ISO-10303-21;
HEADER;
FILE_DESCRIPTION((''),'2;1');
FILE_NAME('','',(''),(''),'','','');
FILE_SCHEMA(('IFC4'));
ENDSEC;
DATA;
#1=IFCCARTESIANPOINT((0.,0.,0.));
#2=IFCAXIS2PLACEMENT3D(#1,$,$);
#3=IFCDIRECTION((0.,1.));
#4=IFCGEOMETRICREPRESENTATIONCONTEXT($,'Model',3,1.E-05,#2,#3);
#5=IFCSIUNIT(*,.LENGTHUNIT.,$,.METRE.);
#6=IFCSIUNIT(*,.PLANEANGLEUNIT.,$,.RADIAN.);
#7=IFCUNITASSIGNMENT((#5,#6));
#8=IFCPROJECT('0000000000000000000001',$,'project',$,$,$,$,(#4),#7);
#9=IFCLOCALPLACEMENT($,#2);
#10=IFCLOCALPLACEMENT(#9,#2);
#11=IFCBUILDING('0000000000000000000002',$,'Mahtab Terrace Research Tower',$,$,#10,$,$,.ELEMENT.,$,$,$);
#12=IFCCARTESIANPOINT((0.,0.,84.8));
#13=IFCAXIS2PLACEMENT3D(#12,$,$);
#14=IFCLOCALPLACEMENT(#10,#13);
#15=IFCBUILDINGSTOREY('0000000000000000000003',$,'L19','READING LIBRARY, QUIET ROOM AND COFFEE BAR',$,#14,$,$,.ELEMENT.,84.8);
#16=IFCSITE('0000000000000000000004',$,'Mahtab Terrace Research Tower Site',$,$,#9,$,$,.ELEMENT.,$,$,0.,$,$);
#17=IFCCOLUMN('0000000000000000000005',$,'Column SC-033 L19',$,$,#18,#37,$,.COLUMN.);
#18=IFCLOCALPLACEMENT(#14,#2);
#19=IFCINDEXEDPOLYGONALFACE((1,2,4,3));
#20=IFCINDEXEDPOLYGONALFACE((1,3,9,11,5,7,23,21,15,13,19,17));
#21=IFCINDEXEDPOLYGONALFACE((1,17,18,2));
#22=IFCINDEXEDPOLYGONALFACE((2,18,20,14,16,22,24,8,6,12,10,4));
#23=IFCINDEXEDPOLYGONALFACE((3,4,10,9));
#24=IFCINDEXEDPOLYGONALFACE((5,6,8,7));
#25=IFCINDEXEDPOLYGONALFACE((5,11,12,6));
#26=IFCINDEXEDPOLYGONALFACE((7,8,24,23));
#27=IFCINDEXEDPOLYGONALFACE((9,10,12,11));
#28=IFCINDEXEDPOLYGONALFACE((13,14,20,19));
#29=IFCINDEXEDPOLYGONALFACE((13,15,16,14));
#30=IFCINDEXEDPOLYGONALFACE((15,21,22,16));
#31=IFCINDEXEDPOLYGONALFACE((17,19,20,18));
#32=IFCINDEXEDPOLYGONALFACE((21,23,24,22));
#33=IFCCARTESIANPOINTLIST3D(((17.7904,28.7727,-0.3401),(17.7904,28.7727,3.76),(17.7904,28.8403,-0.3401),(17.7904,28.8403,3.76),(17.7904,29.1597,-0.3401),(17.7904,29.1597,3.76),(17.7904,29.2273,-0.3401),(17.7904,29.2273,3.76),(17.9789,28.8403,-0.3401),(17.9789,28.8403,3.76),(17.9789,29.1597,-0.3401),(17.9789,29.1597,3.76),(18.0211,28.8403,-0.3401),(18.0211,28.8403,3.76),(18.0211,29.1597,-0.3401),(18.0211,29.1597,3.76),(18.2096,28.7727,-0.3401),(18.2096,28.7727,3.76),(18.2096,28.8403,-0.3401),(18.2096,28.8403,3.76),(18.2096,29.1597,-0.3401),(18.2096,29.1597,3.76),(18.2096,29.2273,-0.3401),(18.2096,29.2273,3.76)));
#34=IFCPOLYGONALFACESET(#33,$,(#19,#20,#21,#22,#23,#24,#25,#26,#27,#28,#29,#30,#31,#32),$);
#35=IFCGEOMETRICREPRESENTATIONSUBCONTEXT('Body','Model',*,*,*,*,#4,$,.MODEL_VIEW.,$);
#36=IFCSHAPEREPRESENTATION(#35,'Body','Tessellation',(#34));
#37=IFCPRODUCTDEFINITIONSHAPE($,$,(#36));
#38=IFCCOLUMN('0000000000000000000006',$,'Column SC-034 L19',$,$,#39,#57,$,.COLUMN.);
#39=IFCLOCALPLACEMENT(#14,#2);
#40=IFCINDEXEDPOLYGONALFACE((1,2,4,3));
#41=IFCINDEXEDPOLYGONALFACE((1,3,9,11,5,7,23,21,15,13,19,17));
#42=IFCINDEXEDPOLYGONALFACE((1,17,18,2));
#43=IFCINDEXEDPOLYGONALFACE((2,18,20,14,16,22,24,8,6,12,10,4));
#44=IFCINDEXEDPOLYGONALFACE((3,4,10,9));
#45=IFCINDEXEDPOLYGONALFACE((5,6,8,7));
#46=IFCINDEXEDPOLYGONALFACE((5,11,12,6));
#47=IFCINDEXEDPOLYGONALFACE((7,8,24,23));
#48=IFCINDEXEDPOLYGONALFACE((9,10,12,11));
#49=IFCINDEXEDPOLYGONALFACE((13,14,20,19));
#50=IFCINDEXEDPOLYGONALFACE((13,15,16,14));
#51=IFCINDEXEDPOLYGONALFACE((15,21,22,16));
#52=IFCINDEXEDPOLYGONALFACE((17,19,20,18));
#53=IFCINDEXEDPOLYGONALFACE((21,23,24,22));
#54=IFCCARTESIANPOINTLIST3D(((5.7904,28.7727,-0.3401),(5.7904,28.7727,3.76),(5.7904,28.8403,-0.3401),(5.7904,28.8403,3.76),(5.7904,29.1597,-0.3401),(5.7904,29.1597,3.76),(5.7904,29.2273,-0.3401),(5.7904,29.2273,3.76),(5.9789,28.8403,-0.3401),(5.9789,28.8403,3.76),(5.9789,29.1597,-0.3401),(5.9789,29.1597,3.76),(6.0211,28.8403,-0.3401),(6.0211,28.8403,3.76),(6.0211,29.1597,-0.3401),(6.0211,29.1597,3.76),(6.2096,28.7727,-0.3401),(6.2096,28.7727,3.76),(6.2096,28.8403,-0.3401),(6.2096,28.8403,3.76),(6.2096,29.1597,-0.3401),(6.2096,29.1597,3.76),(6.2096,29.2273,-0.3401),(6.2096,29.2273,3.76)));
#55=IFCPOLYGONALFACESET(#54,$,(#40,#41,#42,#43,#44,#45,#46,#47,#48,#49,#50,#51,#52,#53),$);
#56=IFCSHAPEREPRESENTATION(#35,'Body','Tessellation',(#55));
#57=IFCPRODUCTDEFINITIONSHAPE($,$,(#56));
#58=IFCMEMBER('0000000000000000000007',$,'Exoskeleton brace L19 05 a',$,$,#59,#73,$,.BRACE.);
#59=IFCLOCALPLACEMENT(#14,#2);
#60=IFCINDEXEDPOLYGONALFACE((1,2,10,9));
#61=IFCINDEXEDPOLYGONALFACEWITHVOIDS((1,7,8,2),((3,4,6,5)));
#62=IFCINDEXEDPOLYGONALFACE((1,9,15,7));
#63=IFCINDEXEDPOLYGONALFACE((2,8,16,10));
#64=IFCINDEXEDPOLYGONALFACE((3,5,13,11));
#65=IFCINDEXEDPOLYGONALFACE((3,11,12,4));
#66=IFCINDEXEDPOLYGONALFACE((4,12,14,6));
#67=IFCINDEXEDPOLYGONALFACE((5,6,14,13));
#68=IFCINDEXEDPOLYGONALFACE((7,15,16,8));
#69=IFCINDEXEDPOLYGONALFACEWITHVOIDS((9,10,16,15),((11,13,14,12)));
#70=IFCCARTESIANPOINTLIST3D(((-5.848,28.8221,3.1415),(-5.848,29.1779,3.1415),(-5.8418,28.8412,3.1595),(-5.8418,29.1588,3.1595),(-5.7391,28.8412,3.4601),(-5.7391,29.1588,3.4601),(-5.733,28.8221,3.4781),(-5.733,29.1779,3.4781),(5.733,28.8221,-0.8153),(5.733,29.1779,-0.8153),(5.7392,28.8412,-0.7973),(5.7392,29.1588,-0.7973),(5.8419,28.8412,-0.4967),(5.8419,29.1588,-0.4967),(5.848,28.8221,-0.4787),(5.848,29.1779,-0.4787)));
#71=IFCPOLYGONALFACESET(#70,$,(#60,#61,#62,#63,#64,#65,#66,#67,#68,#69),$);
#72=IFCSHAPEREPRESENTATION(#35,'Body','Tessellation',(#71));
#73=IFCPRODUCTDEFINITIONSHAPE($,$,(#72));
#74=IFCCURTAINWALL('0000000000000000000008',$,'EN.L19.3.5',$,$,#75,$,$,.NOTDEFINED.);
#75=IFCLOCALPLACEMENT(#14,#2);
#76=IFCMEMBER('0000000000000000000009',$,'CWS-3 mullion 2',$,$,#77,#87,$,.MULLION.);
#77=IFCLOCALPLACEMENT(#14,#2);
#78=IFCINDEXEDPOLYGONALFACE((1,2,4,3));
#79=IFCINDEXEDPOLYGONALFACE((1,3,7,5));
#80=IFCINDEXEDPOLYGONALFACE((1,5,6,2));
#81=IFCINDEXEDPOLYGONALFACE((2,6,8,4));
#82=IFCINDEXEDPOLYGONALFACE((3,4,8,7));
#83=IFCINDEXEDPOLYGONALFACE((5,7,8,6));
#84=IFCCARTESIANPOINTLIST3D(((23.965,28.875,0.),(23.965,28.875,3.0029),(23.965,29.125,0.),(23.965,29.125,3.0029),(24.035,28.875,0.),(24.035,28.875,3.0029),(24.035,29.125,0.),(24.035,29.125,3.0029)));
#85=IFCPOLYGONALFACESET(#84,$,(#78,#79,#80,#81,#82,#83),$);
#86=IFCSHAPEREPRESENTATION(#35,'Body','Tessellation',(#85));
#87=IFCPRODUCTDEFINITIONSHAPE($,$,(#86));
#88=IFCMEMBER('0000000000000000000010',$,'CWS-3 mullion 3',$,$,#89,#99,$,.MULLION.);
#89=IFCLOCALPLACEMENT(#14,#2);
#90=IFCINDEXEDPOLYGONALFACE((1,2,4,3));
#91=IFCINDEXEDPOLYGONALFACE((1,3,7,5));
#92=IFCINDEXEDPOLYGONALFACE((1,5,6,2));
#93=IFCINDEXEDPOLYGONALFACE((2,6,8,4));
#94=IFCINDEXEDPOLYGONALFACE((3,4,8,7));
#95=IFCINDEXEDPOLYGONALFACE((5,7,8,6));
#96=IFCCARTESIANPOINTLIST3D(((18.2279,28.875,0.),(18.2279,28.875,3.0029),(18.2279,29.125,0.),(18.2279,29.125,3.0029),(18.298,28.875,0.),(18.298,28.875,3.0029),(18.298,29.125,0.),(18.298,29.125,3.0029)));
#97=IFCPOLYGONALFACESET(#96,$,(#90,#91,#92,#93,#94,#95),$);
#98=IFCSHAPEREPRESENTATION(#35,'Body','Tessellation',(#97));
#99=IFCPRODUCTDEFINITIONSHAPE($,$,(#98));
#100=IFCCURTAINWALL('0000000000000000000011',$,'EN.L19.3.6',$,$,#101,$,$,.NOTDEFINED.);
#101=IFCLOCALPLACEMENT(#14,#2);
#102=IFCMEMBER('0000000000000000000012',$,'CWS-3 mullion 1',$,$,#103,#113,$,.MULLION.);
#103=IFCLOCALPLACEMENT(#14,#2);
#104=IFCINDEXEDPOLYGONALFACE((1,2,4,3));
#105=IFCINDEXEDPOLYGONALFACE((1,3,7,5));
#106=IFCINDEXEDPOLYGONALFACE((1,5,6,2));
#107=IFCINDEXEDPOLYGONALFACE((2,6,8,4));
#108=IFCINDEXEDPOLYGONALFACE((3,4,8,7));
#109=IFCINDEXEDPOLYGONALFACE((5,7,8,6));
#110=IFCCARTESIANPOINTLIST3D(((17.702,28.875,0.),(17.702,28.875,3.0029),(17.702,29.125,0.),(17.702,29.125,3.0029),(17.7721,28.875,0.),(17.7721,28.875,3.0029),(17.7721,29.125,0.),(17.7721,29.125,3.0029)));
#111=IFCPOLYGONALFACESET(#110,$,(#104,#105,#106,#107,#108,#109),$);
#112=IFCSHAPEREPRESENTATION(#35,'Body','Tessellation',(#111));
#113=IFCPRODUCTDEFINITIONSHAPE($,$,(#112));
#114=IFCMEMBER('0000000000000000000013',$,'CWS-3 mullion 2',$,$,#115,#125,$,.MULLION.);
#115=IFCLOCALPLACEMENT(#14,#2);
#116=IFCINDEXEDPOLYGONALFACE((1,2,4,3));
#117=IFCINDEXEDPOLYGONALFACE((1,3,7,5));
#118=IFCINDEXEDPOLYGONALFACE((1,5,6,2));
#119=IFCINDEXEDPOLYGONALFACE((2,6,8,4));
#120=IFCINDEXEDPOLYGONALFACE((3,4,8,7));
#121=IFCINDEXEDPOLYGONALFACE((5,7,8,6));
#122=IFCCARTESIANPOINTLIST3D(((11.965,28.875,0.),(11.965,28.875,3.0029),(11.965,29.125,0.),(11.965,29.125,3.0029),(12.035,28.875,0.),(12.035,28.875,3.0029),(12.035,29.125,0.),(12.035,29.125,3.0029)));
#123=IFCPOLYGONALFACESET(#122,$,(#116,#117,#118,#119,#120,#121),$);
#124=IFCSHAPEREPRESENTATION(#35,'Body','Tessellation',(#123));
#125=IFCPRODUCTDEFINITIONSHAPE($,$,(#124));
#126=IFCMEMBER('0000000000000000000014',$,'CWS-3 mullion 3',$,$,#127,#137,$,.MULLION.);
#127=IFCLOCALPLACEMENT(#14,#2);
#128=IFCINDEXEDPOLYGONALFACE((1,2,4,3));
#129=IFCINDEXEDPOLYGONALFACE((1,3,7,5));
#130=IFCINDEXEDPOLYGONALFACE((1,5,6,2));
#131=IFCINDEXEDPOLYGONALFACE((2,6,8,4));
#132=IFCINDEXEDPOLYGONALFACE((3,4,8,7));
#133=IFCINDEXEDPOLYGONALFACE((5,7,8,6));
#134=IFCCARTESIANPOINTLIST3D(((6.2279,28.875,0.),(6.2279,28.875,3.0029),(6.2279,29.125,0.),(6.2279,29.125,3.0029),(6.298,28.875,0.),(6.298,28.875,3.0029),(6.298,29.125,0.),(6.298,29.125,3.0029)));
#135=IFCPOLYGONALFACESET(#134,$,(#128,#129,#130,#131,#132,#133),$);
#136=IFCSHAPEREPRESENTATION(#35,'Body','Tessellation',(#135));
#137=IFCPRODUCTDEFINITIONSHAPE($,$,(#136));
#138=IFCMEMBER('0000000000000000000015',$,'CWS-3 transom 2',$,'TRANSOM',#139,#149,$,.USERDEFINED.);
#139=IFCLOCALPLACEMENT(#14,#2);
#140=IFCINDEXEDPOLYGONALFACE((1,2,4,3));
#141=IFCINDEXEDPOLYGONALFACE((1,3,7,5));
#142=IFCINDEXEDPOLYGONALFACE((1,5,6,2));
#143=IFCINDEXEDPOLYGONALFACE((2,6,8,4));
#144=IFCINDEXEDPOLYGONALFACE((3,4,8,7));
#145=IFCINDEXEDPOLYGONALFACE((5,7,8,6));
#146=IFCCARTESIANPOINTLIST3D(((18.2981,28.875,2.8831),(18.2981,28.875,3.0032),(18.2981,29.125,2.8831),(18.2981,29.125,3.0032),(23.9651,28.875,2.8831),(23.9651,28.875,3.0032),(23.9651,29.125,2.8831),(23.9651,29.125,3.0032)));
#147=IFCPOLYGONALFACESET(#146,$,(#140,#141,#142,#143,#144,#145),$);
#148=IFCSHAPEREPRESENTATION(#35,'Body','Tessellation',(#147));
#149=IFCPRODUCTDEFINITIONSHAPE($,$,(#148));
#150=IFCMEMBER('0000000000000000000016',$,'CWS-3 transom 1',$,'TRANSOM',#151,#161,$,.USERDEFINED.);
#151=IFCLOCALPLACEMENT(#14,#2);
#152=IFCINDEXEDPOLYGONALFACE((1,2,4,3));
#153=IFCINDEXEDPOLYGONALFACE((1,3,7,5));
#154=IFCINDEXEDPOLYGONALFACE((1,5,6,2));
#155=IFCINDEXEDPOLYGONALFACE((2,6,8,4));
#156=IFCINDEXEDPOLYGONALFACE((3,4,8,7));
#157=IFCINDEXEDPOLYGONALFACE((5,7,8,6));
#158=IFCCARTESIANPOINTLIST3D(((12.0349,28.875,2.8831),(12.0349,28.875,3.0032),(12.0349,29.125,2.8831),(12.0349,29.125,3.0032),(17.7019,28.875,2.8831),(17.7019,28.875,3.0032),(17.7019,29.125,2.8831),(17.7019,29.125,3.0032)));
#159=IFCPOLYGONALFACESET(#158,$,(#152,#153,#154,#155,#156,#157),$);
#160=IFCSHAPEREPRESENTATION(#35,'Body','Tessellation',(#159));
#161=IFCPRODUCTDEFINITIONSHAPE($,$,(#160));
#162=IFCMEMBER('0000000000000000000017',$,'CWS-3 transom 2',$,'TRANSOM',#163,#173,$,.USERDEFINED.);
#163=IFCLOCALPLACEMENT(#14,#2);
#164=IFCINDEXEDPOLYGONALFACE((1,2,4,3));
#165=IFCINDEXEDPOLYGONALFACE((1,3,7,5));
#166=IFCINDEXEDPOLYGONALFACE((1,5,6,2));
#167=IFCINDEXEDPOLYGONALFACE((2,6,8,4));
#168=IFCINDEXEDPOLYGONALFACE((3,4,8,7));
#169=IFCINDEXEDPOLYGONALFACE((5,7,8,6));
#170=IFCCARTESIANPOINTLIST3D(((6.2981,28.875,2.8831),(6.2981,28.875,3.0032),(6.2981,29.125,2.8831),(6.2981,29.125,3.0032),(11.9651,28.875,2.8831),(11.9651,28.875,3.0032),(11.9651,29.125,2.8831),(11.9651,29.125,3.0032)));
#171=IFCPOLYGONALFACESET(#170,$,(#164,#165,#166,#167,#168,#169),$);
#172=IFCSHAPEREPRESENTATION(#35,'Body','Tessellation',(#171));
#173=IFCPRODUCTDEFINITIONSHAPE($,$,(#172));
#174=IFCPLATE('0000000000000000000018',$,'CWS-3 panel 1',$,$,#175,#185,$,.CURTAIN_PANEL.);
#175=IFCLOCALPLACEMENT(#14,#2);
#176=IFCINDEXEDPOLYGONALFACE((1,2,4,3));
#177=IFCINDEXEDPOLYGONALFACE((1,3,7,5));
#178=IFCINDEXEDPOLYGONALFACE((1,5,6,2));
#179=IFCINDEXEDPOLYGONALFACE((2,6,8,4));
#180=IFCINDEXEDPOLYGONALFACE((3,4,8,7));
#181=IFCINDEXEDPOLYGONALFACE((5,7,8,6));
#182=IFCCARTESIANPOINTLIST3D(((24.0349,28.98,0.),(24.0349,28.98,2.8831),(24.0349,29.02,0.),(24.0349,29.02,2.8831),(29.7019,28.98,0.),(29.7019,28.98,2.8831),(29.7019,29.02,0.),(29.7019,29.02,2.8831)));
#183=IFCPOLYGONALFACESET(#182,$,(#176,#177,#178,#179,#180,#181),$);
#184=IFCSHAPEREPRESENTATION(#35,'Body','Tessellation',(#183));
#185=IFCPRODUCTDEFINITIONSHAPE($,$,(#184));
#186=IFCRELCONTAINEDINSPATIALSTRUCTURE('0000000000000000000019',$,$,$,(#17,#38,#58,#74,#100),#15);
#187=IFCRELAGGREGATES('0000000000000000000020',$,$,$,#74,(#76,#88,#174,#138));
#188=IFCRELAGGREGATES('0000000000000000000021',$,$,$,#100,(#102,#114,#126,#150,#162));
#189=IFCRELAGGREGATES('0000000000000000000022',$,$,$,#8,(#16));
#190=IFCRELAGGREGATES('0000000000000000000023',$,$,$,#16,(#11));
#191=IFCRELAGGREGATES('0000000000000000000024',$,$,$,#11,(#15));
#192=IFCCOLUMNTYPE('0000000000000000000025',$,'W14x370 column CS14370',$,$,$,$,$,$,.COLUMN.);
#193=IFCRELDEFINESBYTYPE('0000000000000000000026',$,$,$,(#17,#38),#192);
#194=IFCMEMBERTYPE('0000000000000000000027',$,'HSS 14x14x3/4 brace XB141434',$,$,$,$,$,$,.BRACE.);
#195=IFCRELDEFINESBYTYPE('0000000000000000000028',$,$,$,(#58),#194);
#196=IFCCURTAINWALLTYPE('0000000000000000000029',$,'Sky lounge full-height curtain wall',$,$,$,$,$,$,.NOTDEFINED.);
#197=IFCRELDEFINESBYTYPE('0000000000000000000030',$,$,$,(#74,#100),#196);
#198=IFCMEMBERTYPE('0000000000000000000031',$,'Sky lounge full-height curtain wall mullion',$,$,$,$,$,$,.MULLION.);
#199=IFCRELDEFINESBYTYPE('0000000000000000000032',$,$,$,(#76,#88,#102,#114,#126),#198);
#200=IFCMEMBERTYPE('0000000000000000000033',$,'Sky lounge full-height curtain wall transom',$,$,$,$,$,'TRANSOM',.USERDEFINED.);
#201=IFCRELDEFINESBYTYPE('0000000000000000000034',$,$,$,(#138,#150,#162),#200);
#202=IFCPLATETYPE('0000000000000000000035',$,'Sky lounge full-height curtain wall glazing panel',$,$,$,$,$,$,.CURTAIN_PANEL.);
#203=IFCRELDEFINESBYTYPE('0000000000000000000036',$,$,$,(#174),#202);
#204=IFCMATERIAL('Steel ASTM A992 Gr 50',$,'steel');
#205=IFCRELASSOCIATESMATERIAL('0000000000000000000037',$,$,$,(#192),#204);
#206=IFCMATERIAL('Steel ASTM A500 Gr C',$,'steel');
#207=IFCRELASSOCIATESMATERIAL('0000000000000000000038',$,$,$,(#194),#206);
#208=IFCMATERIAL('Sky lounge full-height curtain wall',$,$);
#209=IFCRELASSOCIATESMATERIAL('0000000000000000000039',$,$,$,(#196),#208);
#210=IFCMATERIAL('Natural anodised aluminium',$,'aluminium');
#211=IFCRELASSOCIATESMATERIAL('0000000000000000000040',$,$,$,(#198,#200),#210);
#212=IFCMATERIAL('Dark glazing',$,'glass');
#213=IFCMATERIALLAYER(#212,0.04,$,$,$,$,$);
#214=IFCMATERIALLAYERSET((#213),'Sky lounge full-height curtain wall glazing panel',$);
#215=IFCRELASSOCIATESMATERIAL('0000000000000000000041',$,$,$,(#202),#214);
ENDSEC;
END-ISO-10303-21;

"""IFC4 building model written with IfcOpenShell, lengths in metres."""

from ifc_helpers import new_model, si_unit, direction, frame, origin, origin_2d, place, context, subcontext, project, spatial, rectangle, hollow_rectangle, i_section, extrude, material, layer, layer_set, material_profile, profile_set, type_object, element, aggregate, save


model = new_model("IFC4")

# Units and contexts
model_context = context("Model", 3, precision=1e-05, world=origin(), true_north=direction((0.0, 1.0)))
body_context = subcontext(model_context, "Body", "Model", "MODEL_VIEW")
ifc_project = project(units=[si_unit("LENGTHUNIT", "METRE"), si_unit("PLANEANGLEUNIT", "RADIAN")], contexts=[model_context])

# Site, building, storey
site_placement = place(None, origin())
site = spatial("IfcSite", under=ifc_project, at=site_placement, Name="Mahtab Terrace Research Tower Site", CompositionType="ELEMENT", RefElevation=0.0)
building_placement = place(site_placement, origin())
building = spatial("IfcBuilding", under=site, at=building_placement, Name="Mahtab Terrace Research Tower", CompositionType="ELEMENT")
storey_placement = place(building_placement, frame((0.0, 0.0, 84.8)))
storey = spatial("IfcBuildingStorey", under=building, at=storey_placement, Name="L19", Description="READING LIBRARY, QUIET ROOM AND COFFEE BAR", CompositionType="ELEMENT", Elevation=84.8)

# Columns
ifc_material_1 = material(Name="Steel ASTM A992 Gr 50", Category="steel")
ifc_material_profile_1 = material_profile(ifc_material_1, i_section(OverallWidth=0.4192, OverallDepth=0.4546, WebThickness=0.0422, FlangeThickness=0.0676, at=origin_2d()), Name="W14X370")
ifc_profile_set_1 = profile_set([ifc_material_profile_1], Name="Steel ASTM A992 Gr 50")
column_type = type_object("IfcColumnType", Name="W14x370 column CS14370", PredefinedType="COLUMN", material=ifc_profile_set_1)
for number, where, z_axis, x_axis, name in (
    (1, (18.0, 29.0, -0.3401), (0.0, 0.0, 1.0), (1.0, 0.0, 0.0), "Column SC-033 L19"),
    (2, (6.0, 29.0, -0.3401), (0.0, 0.0, 1.0), (1.0, 0.0, 0.0), "Column SC-034 L19"),
):
    element("IfcColumn", number, at=place(storey_placement, frame(where, z_axis=z_axis, x_axis=x_axis)), inside=storey, type_object=column_type, Name=name, PredefinedType="COLUMN", context=body_context, shape_type="SweptSolid", body=[
        extrude(i_section(OverallWidth=0.4192, OverallDepth=0.4546, WebThickness=0.0422, FlangeThickness=0.0676, at=origin_2d()), origin(), (0.0, 0.0, 1.0), 4.1001),
    ])

# Member
ifc_material_2 = material(Name="Steel ASTM A500 Gr C", Category="steel")
ifc_material_profile_2 = material_profile(ifc_material_2, hollow_rectangle(XDim=0.3557, YDim=0.3557, WallThickness=0.019, at=origin_2d()), Name="HSS14X14X3/4")
ifc_profile_set_2 = profile_set([ifc_material_profile_2], Name="Steel ASTM A500 Gr C")
member_type_1 = type_object("IfcMemberType", Name="HSS 14x14x3/4 brace XB141434", PredefinedType="BRACE", material=ifc_profile_set_2)
member_1_placement = place(storey_placement, frame((5.7905, 29.0, -0.647), z_axis=(-0.946293, 0.0, 0.323311), x_axis=(0.0, -1.0, 0.0)))
element("IfcMember", 3, at=member_1_placement, inside=storey, type_object=member_type_1, Name="Exoskeleton brace L19 05 a", PredefinedType="BRACE", context=body_context, shape_type="SweptSolid", body=[
    extrude(hollow_rectangle(XDim=0.3557, YDim=0.3557, WallThickness=0.019, at=origin_2d()), origin(), (0.0, 0.0, 1.0), 12.2383),
])

# Curtain walls, members
ifc_material_3 = material(Name="Sky lounge full-height curtain wall")
curtain_wall_type = type_object("IfcCurtainWallType", Name="Sky lounge full-height curtain wall", PredefinedType="NOTDEFINED", material=ifc_material_3)
curtain_wall_1_placement = place(storey_placement, origin())
curtain_wall_1 = element("IfcCurtainWall", 4, at=curtain_wall_1_placement, inside=storey, type_object=curtain_wall_type, Name="EN.L19.3.5", PredefinedType="NOTDEFINED")
ifc_material_4 = material(Name="Natural anodised aluminium", Category="aluminium")
ifc_material_profile_3 = material_profile(ifc_material_4, rectangle(XDim=0.25, YDim=0.0701, at=origin_2d()), Name="MULLION 70x250")
ifc_profile_set_3 = profile_set([ifc_material_profile_3], Name="Natural anodised aluminium")
member_type_2 = type_object("IfcMemberType", Name="Sky lounge full-height curtain wall mullion", PredefinedType="MULLION", material=ifc_profile_set_3)
member_2_placement = place(storey_placement, frame((24.0, 29.0, 0.0), z_axis=(0.0, 0.0, 1.0), x_axis=(0.0, -1.0, 0.0)))
member_2 = element("IfcMember", 5, at=member_2_placement, type_object=member_type_2, Name="CWS-3 mullion 2", PredefinedType="MULLION", context=body_context, shape_type="SweptSolid", body=[
    extrude(rectangle(XDim=0.25, YDim=0.0701, at=origin_2d()), origin(), (0.0, 0.0, 1.0), 3.0029),
])
member_3_placement = place(storey_placement, frame((18.2629, 29.0, 0.0), z_axis=(0.0, 0.0, 1.0), x_axis=(0.0, -1.0, 0.0)))
member_3 = element("IfcMember", 6, at=member_3_placement, type_object=member_type_2, Name="CWS-3 mullion 3", PredefinedType="MULLION", context=body_context, shape_type="SweptSolid", body=[
    extrude(rectangle(XDim=0.25, YDim=0.0701, at=origin_2d()), origin(), (0.0, 0.0, 1.0), 3.0029),
])
curtain_wall_2_placement = place(storey_placement, origin())
curtain_wall_2 = element("IfcCurtainWall", 7, at=curtain_wall_2_placement, inside=storey, type_object=curtain_wall_type, Name="EN.L19.3.6", PredefinedType="NOTDEFINED")
member_4_placement = place(storey_placement, frame((17.7371, 29.0, 0.0), z_axis=(0.0, 0.0, 1.0), x_axis=(0.0, -1.0, 0.0)))
member_4 = element("IfcMember", 8, at=member_4_placement, type_object=member_type_2, Name="CWS-3 mullion 1", PredefinedType="MULLION", context=body_context, shape_type="SweptSolid", body=[
    extrude(rectangle(XDim=0.25, YDim=0.0701, at=origin_2d()), origin(), (0.0, 0.0, 1.0), 3.0029),
])
member_5_placement = place(storey_placement, frame((12.0, 29.0, 0.0), z_axis=(0.0, 0.0, 1.0), x_axis=(0.0, -1.0, 0.0)))
member_5 = element("IfcMember", 9, at=member_5_placement, type_object=member_type_2, Name="CWS-3 mullion 2", PredefinedType="MULLION", context=body_context, shape_type="SweptSolid", body=[
    extrude(rectangle(XDim=0.25, YDim=0.0701, at=origin_2d()), origin(), (0.0, 0.0, 1.0), 3.0029),
])
member_6_placement = place(storey_placement, frame((6.2629, 29.0, 0.0), z_axis=(0.0, 0.0, 1.0), x_axis=(0.0, -1.0, 0.0)))
member_6 = element("IfcMember", 10, at=member_6_placement, type_object=member_type_2, Name="CWS-3 mullion 3", PredefinedType="MULLION", context=body_context, shape_type="SweptSolid", body=[
    extrude(rectangle(XDim=0.25, YDim=0.0701, at=origin_2d()), origin(), (0.0, 0.0, 1.0), 3.0029),
])

# Members
ifc_material_profile_4 = material_profile(ifc_material_4, rectangle(XDim=0.25, YDim=0.1201, at=origin_2d()), Name="TRANSOM 120x250")
ifc_profile_set_4 = profile_set([ifc_material_profile_4], Name="Natural anodised aluminium")
member_type_3 = type_object("IfcMemberType", Name="Sky lounge full-height curtain wall transom", ElementType="TRANSOM", PredefinedType="USERDEFINED", material=ifc_profile_set_4)
member_7_placement = place(storey_placement, frame((23.9651, 29.0, 2.9431), z_axis=(-1.0, 0.0, 0.0), x_axis=(0.0, -1.0, 0.0)))
member_7 = element("IfcMember", 11, at=member_7_placement, type_object=member_type_3, Name="CWS-3 transom 2", ObjectType="TRANSOM", PredefinedType="USERDEFINED", context=body_context, shape_type="SweptSolid", body=[
    extrude(rectangle(XDim=0.25, YDim=0.1201, at=origin_2d()), origin(), (0.0, 0.0, 1.0), 5.667),
])
member_8_placement = place(storey_placement, frame((17.7019, 29.0, 2.9431), z_axis=(-1.0, 0.0, 0.0), x_axis=(0.0, -1.0, 0.0)))
member_8 = element("IfcMember", 12, at=member_8_placement, type_object=member_type_3, Name="CWS-3 transom 1", ObjectType="TRANSOM", PredefinedType="USERDEFINED", context=body_context, shape_type="SweptSolid", body=[
    extrude(rectangle(XDim=0.25, YDim=0.1201, at=origin_2d()), origin(), (0.0, 0.0, 1.0), 5.667),
])
member_9_placement = place(storey_placement, frame((11.9651, 29.0, 2.9431), z_axis=(-1.0, 0.0, 0.0), x_axis=(0.0, -1.0, 0.0)))
member_9 = element("IfcMember", 13, at=member_9_placement, type_object=member_type_3, Name="CWS-3 transom 2", ObjectType="TRANSOM", PredefinedType="USERDEFINED", context=body_context, shape_type="SweptSolid", body=[
    extrude(rectangle(XDim=0.25, YDim=0.1201, at=origin_2d()), origin(), (0.0, 0.0, 1.0), 5.667),
])

# Plate
ifc_material_5 = material(Name="Dark glazing", Category="glass")
ifc_layer_1 = layer(ifc_material_5, 0.04)
ifc_layer_set_1 = layer_set([ifc_layer_1], Name="Sky lounge full-height curtain wall glazing panel")
plate_type = type_object("IfcPlateType", Name="Sky lounge full-height curtain wall glazing panel", PredefinedType="CURTAIN_PANEL", material=ifc_layer_set_1)
plate_1_placement = place(storey_placement, frame((26.8684, 29.0, 0.0), z_axis=(0.0, 0.0, 1.0), x_axis=(-1.0, 0.0, 0.0)))
plate_1 = element("IfcPlate", 14, at=plate_1_placement, type_object=plate_type, Name="CWS-3 panel 1", PredefinedType="CURTAIN_PANEL", context=body_context, shape_type="SweptSolid", body=[
    extrude(rectangle(XDim=5.667, YDim=0.04, at=origin_2d()), origin(), (0.0, 0.0, 1.0), 2.8831),
])
aggregate(curtain_wall_1, [member_2, member_3, plate_1, member_7])
aggregate(curtain_wall_2, [member_4, member_5, member_6, member_8, member_9])

save(model, "model.ifc")
